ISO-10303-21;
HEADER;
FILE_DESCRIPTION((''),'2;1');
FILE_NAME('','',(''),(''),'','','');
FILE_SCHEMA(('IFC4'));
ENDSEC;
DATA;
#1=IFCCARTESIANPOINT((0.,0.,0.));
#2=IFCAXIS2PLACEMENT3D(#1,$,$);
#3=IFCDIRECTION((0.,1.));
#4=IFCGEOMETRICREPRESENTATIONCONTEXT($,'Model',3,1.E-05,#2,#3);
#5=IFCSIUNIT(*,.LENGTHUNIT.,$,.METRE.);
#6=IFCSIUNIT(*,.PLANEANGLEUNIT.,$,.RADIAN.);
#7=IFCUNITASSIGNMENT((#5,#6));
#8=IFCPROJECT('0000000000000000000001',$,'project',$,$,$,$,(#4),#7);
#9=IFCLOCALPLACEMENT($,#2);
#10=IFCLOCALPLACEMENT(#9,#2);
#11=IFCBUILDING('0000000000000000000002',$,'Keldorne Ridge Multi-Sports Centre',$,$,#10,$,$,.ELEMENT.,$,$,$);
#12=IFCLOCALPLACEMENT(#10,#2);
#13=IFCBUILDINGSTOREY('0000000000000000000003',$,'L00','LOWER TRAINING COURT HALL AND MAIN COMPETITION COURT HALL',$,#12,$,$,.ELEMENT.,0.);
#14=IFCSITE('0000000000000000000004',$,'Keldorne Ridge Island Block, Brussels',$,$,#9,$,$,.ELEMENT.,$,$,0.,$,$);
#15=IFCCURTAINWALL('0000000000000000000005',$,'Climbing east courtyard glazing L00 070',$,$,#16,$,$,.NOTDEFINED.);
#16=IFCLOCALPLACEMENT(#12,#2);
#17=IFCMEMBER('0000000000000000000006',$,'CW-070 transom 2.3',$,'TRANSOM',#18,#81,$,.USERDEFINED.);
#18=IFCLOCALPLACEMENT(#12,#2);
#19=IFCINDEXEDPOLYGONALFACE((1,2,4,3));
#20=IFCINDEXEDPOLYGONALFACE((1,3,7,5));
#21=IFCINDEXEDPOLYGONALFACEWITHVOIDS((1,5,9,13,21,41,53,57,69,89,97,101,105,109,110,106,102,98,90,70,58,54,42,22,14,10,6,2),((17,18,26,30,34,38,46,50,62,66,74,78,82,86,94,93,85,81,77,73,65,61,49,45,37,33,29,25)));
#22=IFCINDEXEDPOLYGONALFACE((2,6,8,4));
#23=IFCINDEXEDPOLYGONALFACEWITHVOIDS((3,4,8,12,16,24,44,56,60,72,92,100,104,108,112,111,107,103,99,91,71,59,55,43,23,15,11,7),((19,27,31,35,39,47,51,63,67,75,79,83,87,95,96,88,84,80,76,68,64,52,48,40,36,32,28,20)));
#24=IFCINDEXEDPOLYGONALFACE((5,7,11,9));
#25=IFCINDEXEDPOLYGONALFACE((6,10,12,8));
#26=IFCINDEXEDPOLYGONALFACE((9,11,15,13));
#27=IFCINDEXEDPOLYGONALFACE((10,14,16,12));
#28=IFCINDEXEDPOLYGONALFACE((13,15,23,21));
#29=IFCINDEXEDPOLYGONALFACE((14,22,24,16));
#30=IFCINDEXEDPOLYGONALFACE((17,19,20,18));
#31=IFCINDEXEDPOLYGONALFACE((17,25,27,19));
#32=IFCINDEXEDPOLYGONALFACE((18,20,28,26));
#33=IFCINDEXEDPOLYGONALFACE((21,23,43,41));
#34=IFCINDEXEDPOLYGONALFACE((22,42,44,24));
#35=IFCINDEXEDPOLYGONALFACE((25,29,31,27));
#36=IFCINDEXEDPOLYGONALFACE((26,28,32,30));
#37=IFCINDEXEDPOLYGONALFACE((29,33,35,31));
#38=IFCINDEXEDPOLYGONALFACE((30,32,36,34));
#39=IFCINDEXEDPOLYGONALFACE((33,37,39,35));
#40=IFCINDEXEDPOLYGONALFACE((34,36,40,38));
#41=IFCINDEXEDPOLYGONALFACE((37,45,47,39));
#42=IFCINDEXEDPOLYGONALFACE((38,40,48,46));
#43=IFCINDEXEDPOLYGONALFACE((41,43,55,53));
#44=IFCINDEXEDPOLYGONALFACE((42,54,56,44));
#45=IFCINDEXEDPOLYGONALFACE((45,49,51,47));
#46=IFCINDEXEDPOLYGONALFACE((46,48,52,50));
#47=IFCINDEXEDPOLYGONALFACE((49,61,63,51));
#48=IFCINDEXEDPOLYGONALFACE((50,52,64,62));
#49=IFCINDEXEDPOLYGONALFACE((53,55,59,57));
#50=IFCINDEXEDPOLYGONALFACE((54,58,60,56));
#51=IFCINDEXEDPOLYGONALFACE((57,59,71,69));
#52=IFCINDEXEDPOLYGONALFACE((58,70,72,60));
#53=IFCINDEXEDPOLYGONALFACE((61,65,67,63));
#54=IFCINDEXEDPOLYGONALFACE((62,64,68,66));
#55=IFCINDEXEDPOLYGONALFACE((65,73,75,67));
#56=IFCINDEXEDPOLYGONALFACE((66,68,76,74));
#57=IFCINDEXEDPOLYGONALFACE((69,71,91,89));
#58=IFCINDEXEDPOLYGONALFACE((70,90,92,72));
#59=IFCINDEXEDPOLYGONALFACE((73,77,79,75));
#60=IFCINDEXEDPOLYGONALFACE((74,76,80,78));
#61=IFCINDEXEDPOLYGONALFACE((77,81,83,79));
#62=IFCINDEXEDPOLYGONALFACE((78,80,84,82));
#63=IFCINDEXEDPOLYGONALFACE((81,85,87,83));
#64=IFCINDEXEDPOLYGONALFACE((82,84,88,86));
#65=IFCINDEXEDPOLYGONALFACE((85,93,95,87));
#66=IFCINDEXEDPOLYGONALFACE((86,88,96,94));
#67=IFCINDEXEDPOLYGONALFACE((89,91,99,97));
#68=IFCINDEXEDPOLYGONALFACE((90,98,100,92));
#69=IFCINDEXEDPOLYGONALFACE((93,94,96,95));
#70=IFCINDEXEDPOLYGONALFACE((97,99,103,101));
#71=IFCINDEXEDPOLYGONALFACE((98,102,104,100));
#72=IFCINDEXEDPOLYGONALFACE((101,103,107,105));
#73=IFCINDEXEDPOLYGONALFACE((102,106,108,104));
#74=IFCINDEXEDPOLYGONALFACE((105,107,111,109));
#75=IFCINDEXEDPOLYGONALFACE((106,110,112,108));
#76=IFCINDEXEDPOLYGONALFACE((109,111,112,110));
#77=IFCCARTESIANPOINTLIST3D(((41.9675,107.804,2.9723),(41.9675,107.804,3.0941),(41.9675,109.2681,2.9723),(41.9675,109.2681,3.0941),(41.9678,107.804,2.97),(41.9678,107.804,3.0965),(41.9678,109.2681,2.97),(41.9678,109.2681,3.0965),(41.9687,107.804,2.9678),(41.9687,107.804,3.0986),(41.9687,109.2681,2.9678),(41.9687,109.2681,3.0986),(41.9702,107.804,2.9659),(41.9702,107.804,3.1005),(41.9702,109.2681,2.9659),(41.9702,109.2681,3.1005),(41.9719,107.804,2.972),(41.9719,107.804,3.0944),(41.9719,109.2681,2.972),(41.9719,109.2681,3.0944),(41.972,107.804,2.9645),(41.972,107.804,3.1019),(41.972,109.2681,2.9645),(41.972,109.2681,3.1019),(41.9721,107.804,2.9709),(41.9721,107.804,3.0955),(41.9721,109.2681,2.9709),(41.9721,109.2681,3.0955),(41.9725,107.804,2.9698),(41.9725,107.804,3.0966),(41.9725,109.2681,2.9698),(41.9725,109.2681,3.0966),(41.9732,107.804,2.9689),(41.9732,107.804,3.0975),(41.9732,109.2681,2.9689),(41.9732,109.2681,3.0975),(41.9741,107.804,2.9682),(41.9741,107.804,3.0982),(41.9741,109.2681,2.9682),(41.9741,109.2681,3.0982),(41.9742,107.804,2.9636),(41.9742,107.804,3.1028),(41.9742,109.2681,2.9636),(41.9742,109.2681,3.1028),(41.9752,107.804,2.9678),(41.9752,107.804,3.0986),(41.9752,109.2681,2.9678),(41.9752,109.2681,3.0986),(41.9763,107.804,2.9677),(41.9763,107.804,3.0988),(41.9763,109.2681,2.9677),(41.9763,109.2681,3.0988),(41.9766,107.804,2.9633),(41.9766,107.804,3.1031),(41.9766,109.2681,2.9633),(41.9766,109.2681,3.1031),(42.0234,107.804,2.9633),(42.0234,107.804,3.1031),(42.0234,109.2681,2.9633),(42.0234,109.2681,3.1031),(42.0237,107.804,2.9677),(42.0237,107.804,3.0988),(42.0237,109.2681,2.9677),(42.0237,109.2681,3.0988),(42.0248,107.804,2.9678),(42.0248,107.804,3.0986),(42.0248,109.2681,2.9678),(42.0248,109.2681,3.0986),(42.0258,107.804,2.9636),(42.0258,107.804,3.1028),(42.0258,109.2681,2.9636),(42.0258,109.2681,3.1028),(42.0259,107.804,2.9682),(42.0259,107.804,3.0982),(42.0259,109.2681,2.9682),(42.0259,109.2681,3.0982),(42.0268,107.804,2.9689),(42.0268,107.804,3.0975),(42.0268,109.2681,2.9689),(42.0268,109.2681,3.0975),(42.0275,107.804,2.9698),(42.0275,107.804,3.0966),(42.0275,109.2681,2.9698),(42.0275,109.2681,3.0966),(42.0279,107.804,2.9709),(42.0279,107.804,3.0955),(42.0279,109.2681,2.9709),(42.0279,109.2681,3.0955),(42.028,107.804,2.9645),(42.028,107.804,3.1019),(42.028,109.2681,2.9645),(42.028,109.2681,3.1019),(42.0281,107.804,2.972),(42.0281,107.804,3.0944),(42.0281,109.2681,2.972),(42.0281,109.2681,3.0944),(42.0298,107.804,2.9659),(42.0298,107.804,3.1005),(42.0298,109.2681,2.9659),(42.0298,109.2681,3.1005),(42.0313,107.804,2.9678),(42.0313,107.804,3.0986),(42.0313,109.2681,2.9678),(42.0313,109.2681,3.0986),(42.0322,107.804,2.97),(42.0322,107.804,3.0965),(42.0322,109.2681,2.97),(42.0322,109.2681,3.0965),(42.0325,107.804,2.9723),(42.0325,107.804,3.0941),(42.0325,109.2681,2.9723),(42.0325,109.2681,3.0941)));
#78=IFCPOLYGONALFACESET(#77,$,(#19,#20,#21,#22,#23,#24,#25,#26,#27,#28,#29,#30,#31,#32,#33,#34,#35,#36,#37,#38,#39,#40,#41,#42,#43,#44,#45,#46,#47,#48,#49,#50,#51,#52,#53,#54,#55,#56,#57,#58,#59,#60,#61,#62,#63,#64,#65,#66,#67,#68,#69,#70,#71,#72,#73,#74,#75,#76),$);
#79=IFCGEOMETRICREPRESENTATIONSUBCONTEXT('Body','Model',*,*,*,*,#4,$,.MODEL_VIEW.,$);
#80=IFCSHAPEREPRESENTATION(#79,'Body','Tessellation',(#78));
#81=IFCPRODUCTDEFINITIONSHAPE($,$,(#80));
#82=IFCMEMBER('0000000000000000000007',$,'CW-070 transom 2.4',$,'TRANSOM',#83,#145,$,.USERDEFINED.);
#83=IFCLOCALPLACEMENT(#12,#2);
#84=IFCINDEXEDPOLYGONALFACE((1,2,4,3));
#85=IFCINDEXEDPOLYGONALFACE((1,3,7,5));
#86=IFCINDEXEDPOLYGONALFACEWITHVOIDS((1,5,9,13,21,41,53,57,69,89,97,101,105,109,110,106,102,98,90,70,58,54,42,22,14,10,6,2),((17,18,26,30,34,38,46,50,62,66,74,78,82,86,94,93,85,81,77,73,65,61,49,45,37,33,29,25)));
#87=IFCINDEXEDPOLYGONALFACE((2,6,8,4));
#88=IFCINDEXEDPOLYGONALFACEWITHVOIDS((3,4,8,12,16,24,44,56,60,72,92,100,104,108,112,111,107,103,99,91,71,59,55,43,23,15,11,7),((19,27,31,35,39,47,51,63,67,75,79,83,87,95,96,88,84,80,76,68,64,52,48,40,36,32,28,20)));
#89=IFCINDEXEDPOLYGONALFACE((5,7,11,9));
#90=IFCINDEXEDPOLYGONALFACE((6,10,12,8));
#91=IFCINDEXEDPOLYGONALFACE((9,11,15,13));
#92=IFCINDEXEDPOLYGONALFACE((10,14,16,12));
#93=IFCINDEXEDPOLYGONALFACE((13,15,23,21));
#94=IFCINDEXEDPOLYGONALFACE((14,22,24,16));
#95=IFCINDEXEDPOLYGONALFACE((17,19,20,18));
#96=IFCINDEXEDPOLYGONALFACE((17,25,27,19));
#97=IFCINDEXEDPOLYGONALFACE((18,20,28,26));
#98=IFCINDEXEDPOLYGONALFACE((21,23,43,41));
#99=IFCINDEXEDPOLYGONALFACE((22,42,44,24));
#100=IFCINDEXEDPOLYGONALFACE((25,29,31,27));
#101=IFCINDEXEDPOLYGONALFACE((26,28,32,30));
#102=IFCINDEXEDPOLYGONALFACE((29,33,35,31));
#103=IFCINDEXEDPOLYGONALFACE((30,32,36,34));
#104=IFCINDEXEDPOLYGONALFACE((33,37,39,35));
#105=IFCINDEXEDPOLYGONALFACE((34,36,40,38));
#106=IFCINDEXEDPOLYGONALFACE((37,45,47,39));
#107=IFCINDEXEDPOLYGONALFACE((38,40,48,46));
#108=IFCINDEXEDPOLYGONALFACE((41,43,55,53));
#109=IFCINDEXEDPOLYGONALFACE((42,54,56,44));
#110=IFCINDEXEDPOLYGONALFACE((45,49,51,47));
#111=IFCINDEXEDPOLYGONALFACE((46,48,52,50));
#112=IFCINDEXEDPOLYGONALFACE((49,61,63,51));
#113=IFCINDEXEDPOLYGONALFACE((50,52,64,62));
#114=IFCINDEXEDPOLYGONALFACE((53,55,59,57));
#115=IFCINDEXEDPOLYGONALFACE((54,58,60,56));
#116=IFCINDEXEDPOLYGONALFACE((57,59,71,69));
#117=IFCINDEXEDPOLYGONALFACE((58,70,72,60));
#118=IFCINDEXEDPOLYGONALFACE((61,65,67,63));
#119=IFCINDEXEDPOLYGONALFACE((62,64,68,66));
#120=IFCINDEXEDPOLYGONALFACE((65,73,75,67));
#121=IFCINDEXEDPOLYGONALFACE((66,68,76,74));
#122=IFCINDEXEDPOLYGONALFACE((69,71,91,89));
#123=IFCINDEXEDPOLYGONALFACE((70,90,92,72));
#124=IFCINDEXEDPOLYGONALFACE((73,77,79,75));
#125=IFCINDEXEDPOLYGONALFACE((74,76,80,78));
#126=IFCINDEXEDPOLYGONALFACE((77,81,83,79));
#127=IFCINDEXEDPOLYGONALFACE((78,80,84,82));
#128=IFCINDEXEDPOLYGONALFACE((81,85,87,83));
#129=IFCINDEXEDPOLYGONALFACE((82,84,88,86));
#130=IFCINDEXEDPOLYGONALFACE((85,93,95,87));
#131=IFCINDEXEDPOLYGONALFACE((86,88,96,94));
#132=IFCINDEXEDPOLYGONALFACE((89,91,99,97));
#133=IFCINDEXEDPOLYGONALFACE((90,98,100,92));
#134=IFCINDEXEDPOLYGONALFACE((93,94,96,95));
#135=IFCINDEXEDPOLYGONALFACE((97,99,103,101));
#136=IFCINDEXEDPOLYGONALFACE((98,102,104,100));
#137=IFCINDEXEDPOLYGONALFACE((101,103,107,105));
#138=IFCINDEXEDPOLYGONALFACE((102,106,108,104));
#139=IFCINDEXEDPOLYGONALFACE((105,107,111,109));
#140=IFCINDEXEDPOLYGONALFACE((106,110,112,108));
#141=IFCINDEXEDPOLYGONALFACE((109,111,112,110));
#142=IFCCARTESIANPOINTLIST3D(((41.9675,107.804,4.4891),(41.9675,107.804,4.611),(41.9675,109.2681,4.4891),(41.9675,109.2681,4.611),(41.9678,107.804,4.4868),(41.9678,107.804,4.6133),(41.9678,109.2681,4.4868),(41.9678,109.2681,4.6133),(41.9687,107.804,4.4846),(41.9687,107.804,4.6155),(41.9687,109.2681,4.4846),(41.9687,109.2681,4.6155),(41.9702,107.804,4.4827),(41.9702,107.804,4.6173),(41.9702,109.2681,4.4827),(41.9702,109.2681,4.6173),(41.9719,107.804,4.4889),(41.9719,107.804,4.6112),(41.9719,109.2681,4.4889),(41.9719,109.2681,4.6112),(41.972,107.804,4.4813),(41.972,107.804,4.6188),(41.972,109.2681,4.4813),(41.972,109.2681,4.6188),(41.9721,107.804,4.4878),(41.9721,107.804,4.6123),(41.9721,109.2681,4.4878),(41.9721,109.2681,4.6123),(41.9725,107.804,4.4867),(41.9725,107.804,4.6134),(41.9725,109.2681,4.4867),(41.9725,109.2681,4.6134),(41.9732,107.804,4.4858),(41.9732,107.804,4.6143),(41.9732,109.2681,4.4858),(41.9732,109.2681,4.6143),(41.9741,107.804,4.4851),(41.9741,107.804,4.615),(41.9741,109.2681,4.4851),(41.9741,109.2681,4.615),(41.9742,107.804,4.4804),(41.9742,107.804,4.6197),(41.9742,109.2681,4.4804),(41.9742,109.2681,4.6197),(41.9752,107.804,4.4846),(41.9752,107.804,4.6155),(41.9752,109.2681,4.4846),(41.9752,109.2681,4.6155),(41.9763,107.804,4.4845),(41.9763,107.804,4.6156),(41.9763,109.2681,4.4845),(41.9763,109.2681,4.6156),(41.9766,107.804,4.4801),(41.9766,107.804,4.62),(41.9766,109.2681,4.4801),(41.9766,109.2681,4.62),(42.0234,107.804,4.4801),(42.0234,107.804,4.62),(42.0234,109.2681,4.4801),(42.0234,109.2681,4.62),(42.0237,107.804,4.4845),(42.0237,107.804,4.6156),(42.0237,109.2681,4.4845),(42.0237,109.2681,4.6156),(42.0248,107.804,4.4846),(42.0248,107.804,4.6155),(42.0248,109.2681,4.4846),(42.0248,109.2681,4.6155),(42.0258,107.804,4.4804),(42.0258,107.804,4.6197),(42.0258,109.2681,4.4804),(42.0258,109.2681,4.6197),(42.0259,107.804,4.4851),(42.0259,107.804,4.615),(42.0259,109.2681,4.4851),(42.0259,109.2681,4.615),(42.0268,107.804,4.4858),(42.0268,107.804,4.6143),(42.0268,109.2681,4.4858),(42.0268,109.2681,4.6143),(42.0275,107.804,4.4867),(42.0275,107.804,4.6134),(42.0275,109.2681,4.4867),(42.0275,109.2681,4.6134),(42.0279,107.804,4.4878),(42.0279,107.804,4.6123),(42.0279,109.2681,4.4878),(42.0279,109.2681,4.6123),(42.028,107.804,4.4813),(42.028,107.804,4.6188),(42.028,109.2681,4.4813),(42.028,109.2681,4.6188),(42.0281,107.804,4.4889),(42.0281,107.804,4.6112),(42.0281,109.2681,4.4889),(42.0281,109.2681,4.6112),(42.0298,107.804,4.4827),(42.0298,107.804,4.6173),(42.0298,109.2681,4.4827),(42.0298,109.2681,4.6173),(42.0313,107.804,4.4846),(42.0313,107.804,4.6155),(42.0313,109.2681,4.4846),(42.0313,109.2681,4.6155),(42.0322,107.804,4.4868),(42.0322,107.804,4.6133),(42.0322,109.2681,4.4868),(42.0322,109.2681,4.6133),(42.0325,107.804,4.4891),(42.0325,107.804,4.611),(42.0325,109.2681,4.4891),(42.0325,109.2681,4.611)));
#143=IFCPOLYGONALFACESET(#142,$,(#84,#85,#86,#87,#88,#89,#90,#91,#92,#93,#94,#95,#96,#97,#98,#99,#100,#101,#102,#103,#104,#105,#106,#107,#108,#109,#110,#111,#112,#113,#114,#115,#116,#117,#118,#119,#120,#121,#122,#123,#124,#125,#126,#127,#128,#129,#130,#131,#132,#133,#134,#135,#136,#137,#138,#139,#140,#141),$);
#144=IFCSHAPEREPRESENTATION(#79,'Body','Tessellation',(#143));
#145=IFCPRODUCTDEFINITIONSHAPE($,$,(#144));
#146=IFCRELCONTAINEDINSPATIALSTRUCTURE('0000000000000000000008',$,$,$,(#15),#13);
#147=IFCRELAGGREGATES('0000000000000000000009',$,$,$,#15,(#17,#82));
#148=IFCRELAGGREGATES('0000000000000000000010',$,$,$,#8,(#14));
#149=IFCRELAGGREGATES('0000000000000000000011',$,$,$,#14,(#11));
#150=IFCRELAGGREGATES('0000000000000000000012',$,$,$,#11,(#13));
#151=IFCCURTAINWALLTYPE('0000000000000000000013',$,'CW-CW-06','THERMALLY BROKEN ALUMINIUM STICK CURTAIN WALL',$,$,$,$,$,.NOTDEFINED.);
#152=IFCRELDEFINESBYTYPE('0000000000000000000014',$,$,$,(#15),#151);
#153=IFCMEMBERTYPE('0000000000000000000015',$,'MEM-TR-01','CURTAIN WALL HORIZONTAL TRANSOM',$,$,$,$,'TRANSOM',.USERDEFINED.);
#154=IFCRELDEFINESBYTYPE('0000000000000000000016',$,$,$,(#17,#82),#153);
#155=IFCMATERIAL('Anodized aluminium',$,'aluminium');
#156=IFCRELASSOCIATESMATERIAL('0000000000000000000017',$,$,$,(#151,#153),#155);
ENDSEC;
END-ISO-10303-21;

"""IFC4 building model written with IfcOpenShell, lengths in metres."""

from ifc_helpers import new_model, si_unit, direction, frame, origin, origin_2d, place, context, subcontext, project, spatial, hollow_rectangle, extrude, material, material_profile, profile_set, type_object, element, aggregate, save


model = new_model("IFC4")

# Units and contexts
model_context = context("Model", 3, precision=1e-05, world=origin(), true_north=direction((0.0, 1.0)))
body_context = subcontext(model_context, "Body", "Model", "MODEL_VIEW")
ifc_project = project(units=[si_unit("LENGTHUNIT", "METRE"), si_unit("PLANEANGLEUNIT", "RADIAN")], contexts=[model_context])

# Site, building, storey
site_placement = place(None, origin())
site = spatial("IfcSite", under=ifc_project, at=site_placement, Name="Keldorne Ridge Island Block, Brussels", CompositionType="ELEMENT", RefElevation=0.0)
building_placement = place(site_placement, origin())
building = spatial("IfcBuilding", under=site, at=building_placement, Name="Keldorne Ridge Multi-Sports Centre", CompositionType="ELEMENT")
storey_placement = place(building_placement, origin())
storey = spatial("IfcBuildingStorey", under=building, at=storey_placement, Name="L00", Description="LOWER TRAINING COURT HALL AND MAIN COMPETITION COURT HALL", CompositionType="ELEMENT", Elevation=0.0)

# Shared definitions
ifc_material_1 = material(Name="Anodized aluminium", Category="aluminium")

# Curtain wall, members
curtain_wall_type_1 = type_object("IfcCurtainWallType", Name="CW-CW-06", Description="THERMALLY BROKEN ALUMINIUM STICK CURTAIN WALL", PredefinedType="NOTDEFINED", material=ifc_material_1)
curtain_wall_1_placement = place(storey_placement, origin())
curtain_wall_1 = element("IfcCurtainWall", 1, at=curtain_wall_1_placement, inside=storey, type_object=curtain_wall_type_1, Name="Climbing east courtyard glazing L00 070", PredefinedType="NOTDEFINED")
ifc_material_profile_1 = material_profile(ifc_material_1, hollow_rectangle(XDim=0.0649, YDim=0.1399, WallThickness=0.0044, InnerFilletRadius=0.0044, OuterFilletRadius=0.009, at=origin_2d()), Name="ALU TRANSOM 140x65x4.5")
ifc_profile_set_1 = profile_set([ifc_material_profile_1], Name="Anodized aluminium")
member_type_1 = type_object("IfcMemberType", Name="MEM-TR-01", Description="CURTAIN WALL HORIZONTAL TRANSOM", ElementType="TRANSOM", PredefinedType="USERDEFINED", material=ifc_profile_set_1)
member_1_placement = place(storey_placement, frame((42.0, 107.804, 3.0332), z_axis=(0.0, 1.0, 0.0), x_axis=(-1.0, 0.0, 0.0)))
member_1 = element("IfcMember", 2, at=member_1_placement, type_object=member_type_1, Name="CW-070 transom 2.3", ObjectType="TRANSOM", PredefinedType="USERDEFINED", context=body_context, shape_type="SweptSolid", body=[
    extrude(hollow_rectangle(XDim=0.0649, YDim=0.1399, WallThickness=0.0044, InnerFilletRadius=0.0044, OuterFilletRadius=0.009, at=origin_2d()), origin(), (0.0, 0.0, 1.0), 1.4641),
])
member_2_placement = place(storey_placement, frame((42.0, 107.804, 4.55), z_axis=(0.0, 1.0, 0.0), x_axis=(-1.0, 0.0, 0.0)))
member_2 = element("IfcMember", 3, at=member_2_placement, type_object=member_type_1, Name="CW-070 transom 2.4", ObjectType="TRANSOM", PredefinedType="USERDEFINED", context=body_context, shape_type="SweptSolid", body=[
    extrude(hollow_rectangle(XDim=0.0649, YDim=0.1399, WallThickness=0.0044, InnerFilletRadius=0.0044, OuterFilletRadius=0.009, at=origin_2d()), origin(), (0.0, 0.0, 1.0), 1.4641),
])

aggregate(curtain_wall_1, [member_1, member_2])

save(model, "model.ifc")
